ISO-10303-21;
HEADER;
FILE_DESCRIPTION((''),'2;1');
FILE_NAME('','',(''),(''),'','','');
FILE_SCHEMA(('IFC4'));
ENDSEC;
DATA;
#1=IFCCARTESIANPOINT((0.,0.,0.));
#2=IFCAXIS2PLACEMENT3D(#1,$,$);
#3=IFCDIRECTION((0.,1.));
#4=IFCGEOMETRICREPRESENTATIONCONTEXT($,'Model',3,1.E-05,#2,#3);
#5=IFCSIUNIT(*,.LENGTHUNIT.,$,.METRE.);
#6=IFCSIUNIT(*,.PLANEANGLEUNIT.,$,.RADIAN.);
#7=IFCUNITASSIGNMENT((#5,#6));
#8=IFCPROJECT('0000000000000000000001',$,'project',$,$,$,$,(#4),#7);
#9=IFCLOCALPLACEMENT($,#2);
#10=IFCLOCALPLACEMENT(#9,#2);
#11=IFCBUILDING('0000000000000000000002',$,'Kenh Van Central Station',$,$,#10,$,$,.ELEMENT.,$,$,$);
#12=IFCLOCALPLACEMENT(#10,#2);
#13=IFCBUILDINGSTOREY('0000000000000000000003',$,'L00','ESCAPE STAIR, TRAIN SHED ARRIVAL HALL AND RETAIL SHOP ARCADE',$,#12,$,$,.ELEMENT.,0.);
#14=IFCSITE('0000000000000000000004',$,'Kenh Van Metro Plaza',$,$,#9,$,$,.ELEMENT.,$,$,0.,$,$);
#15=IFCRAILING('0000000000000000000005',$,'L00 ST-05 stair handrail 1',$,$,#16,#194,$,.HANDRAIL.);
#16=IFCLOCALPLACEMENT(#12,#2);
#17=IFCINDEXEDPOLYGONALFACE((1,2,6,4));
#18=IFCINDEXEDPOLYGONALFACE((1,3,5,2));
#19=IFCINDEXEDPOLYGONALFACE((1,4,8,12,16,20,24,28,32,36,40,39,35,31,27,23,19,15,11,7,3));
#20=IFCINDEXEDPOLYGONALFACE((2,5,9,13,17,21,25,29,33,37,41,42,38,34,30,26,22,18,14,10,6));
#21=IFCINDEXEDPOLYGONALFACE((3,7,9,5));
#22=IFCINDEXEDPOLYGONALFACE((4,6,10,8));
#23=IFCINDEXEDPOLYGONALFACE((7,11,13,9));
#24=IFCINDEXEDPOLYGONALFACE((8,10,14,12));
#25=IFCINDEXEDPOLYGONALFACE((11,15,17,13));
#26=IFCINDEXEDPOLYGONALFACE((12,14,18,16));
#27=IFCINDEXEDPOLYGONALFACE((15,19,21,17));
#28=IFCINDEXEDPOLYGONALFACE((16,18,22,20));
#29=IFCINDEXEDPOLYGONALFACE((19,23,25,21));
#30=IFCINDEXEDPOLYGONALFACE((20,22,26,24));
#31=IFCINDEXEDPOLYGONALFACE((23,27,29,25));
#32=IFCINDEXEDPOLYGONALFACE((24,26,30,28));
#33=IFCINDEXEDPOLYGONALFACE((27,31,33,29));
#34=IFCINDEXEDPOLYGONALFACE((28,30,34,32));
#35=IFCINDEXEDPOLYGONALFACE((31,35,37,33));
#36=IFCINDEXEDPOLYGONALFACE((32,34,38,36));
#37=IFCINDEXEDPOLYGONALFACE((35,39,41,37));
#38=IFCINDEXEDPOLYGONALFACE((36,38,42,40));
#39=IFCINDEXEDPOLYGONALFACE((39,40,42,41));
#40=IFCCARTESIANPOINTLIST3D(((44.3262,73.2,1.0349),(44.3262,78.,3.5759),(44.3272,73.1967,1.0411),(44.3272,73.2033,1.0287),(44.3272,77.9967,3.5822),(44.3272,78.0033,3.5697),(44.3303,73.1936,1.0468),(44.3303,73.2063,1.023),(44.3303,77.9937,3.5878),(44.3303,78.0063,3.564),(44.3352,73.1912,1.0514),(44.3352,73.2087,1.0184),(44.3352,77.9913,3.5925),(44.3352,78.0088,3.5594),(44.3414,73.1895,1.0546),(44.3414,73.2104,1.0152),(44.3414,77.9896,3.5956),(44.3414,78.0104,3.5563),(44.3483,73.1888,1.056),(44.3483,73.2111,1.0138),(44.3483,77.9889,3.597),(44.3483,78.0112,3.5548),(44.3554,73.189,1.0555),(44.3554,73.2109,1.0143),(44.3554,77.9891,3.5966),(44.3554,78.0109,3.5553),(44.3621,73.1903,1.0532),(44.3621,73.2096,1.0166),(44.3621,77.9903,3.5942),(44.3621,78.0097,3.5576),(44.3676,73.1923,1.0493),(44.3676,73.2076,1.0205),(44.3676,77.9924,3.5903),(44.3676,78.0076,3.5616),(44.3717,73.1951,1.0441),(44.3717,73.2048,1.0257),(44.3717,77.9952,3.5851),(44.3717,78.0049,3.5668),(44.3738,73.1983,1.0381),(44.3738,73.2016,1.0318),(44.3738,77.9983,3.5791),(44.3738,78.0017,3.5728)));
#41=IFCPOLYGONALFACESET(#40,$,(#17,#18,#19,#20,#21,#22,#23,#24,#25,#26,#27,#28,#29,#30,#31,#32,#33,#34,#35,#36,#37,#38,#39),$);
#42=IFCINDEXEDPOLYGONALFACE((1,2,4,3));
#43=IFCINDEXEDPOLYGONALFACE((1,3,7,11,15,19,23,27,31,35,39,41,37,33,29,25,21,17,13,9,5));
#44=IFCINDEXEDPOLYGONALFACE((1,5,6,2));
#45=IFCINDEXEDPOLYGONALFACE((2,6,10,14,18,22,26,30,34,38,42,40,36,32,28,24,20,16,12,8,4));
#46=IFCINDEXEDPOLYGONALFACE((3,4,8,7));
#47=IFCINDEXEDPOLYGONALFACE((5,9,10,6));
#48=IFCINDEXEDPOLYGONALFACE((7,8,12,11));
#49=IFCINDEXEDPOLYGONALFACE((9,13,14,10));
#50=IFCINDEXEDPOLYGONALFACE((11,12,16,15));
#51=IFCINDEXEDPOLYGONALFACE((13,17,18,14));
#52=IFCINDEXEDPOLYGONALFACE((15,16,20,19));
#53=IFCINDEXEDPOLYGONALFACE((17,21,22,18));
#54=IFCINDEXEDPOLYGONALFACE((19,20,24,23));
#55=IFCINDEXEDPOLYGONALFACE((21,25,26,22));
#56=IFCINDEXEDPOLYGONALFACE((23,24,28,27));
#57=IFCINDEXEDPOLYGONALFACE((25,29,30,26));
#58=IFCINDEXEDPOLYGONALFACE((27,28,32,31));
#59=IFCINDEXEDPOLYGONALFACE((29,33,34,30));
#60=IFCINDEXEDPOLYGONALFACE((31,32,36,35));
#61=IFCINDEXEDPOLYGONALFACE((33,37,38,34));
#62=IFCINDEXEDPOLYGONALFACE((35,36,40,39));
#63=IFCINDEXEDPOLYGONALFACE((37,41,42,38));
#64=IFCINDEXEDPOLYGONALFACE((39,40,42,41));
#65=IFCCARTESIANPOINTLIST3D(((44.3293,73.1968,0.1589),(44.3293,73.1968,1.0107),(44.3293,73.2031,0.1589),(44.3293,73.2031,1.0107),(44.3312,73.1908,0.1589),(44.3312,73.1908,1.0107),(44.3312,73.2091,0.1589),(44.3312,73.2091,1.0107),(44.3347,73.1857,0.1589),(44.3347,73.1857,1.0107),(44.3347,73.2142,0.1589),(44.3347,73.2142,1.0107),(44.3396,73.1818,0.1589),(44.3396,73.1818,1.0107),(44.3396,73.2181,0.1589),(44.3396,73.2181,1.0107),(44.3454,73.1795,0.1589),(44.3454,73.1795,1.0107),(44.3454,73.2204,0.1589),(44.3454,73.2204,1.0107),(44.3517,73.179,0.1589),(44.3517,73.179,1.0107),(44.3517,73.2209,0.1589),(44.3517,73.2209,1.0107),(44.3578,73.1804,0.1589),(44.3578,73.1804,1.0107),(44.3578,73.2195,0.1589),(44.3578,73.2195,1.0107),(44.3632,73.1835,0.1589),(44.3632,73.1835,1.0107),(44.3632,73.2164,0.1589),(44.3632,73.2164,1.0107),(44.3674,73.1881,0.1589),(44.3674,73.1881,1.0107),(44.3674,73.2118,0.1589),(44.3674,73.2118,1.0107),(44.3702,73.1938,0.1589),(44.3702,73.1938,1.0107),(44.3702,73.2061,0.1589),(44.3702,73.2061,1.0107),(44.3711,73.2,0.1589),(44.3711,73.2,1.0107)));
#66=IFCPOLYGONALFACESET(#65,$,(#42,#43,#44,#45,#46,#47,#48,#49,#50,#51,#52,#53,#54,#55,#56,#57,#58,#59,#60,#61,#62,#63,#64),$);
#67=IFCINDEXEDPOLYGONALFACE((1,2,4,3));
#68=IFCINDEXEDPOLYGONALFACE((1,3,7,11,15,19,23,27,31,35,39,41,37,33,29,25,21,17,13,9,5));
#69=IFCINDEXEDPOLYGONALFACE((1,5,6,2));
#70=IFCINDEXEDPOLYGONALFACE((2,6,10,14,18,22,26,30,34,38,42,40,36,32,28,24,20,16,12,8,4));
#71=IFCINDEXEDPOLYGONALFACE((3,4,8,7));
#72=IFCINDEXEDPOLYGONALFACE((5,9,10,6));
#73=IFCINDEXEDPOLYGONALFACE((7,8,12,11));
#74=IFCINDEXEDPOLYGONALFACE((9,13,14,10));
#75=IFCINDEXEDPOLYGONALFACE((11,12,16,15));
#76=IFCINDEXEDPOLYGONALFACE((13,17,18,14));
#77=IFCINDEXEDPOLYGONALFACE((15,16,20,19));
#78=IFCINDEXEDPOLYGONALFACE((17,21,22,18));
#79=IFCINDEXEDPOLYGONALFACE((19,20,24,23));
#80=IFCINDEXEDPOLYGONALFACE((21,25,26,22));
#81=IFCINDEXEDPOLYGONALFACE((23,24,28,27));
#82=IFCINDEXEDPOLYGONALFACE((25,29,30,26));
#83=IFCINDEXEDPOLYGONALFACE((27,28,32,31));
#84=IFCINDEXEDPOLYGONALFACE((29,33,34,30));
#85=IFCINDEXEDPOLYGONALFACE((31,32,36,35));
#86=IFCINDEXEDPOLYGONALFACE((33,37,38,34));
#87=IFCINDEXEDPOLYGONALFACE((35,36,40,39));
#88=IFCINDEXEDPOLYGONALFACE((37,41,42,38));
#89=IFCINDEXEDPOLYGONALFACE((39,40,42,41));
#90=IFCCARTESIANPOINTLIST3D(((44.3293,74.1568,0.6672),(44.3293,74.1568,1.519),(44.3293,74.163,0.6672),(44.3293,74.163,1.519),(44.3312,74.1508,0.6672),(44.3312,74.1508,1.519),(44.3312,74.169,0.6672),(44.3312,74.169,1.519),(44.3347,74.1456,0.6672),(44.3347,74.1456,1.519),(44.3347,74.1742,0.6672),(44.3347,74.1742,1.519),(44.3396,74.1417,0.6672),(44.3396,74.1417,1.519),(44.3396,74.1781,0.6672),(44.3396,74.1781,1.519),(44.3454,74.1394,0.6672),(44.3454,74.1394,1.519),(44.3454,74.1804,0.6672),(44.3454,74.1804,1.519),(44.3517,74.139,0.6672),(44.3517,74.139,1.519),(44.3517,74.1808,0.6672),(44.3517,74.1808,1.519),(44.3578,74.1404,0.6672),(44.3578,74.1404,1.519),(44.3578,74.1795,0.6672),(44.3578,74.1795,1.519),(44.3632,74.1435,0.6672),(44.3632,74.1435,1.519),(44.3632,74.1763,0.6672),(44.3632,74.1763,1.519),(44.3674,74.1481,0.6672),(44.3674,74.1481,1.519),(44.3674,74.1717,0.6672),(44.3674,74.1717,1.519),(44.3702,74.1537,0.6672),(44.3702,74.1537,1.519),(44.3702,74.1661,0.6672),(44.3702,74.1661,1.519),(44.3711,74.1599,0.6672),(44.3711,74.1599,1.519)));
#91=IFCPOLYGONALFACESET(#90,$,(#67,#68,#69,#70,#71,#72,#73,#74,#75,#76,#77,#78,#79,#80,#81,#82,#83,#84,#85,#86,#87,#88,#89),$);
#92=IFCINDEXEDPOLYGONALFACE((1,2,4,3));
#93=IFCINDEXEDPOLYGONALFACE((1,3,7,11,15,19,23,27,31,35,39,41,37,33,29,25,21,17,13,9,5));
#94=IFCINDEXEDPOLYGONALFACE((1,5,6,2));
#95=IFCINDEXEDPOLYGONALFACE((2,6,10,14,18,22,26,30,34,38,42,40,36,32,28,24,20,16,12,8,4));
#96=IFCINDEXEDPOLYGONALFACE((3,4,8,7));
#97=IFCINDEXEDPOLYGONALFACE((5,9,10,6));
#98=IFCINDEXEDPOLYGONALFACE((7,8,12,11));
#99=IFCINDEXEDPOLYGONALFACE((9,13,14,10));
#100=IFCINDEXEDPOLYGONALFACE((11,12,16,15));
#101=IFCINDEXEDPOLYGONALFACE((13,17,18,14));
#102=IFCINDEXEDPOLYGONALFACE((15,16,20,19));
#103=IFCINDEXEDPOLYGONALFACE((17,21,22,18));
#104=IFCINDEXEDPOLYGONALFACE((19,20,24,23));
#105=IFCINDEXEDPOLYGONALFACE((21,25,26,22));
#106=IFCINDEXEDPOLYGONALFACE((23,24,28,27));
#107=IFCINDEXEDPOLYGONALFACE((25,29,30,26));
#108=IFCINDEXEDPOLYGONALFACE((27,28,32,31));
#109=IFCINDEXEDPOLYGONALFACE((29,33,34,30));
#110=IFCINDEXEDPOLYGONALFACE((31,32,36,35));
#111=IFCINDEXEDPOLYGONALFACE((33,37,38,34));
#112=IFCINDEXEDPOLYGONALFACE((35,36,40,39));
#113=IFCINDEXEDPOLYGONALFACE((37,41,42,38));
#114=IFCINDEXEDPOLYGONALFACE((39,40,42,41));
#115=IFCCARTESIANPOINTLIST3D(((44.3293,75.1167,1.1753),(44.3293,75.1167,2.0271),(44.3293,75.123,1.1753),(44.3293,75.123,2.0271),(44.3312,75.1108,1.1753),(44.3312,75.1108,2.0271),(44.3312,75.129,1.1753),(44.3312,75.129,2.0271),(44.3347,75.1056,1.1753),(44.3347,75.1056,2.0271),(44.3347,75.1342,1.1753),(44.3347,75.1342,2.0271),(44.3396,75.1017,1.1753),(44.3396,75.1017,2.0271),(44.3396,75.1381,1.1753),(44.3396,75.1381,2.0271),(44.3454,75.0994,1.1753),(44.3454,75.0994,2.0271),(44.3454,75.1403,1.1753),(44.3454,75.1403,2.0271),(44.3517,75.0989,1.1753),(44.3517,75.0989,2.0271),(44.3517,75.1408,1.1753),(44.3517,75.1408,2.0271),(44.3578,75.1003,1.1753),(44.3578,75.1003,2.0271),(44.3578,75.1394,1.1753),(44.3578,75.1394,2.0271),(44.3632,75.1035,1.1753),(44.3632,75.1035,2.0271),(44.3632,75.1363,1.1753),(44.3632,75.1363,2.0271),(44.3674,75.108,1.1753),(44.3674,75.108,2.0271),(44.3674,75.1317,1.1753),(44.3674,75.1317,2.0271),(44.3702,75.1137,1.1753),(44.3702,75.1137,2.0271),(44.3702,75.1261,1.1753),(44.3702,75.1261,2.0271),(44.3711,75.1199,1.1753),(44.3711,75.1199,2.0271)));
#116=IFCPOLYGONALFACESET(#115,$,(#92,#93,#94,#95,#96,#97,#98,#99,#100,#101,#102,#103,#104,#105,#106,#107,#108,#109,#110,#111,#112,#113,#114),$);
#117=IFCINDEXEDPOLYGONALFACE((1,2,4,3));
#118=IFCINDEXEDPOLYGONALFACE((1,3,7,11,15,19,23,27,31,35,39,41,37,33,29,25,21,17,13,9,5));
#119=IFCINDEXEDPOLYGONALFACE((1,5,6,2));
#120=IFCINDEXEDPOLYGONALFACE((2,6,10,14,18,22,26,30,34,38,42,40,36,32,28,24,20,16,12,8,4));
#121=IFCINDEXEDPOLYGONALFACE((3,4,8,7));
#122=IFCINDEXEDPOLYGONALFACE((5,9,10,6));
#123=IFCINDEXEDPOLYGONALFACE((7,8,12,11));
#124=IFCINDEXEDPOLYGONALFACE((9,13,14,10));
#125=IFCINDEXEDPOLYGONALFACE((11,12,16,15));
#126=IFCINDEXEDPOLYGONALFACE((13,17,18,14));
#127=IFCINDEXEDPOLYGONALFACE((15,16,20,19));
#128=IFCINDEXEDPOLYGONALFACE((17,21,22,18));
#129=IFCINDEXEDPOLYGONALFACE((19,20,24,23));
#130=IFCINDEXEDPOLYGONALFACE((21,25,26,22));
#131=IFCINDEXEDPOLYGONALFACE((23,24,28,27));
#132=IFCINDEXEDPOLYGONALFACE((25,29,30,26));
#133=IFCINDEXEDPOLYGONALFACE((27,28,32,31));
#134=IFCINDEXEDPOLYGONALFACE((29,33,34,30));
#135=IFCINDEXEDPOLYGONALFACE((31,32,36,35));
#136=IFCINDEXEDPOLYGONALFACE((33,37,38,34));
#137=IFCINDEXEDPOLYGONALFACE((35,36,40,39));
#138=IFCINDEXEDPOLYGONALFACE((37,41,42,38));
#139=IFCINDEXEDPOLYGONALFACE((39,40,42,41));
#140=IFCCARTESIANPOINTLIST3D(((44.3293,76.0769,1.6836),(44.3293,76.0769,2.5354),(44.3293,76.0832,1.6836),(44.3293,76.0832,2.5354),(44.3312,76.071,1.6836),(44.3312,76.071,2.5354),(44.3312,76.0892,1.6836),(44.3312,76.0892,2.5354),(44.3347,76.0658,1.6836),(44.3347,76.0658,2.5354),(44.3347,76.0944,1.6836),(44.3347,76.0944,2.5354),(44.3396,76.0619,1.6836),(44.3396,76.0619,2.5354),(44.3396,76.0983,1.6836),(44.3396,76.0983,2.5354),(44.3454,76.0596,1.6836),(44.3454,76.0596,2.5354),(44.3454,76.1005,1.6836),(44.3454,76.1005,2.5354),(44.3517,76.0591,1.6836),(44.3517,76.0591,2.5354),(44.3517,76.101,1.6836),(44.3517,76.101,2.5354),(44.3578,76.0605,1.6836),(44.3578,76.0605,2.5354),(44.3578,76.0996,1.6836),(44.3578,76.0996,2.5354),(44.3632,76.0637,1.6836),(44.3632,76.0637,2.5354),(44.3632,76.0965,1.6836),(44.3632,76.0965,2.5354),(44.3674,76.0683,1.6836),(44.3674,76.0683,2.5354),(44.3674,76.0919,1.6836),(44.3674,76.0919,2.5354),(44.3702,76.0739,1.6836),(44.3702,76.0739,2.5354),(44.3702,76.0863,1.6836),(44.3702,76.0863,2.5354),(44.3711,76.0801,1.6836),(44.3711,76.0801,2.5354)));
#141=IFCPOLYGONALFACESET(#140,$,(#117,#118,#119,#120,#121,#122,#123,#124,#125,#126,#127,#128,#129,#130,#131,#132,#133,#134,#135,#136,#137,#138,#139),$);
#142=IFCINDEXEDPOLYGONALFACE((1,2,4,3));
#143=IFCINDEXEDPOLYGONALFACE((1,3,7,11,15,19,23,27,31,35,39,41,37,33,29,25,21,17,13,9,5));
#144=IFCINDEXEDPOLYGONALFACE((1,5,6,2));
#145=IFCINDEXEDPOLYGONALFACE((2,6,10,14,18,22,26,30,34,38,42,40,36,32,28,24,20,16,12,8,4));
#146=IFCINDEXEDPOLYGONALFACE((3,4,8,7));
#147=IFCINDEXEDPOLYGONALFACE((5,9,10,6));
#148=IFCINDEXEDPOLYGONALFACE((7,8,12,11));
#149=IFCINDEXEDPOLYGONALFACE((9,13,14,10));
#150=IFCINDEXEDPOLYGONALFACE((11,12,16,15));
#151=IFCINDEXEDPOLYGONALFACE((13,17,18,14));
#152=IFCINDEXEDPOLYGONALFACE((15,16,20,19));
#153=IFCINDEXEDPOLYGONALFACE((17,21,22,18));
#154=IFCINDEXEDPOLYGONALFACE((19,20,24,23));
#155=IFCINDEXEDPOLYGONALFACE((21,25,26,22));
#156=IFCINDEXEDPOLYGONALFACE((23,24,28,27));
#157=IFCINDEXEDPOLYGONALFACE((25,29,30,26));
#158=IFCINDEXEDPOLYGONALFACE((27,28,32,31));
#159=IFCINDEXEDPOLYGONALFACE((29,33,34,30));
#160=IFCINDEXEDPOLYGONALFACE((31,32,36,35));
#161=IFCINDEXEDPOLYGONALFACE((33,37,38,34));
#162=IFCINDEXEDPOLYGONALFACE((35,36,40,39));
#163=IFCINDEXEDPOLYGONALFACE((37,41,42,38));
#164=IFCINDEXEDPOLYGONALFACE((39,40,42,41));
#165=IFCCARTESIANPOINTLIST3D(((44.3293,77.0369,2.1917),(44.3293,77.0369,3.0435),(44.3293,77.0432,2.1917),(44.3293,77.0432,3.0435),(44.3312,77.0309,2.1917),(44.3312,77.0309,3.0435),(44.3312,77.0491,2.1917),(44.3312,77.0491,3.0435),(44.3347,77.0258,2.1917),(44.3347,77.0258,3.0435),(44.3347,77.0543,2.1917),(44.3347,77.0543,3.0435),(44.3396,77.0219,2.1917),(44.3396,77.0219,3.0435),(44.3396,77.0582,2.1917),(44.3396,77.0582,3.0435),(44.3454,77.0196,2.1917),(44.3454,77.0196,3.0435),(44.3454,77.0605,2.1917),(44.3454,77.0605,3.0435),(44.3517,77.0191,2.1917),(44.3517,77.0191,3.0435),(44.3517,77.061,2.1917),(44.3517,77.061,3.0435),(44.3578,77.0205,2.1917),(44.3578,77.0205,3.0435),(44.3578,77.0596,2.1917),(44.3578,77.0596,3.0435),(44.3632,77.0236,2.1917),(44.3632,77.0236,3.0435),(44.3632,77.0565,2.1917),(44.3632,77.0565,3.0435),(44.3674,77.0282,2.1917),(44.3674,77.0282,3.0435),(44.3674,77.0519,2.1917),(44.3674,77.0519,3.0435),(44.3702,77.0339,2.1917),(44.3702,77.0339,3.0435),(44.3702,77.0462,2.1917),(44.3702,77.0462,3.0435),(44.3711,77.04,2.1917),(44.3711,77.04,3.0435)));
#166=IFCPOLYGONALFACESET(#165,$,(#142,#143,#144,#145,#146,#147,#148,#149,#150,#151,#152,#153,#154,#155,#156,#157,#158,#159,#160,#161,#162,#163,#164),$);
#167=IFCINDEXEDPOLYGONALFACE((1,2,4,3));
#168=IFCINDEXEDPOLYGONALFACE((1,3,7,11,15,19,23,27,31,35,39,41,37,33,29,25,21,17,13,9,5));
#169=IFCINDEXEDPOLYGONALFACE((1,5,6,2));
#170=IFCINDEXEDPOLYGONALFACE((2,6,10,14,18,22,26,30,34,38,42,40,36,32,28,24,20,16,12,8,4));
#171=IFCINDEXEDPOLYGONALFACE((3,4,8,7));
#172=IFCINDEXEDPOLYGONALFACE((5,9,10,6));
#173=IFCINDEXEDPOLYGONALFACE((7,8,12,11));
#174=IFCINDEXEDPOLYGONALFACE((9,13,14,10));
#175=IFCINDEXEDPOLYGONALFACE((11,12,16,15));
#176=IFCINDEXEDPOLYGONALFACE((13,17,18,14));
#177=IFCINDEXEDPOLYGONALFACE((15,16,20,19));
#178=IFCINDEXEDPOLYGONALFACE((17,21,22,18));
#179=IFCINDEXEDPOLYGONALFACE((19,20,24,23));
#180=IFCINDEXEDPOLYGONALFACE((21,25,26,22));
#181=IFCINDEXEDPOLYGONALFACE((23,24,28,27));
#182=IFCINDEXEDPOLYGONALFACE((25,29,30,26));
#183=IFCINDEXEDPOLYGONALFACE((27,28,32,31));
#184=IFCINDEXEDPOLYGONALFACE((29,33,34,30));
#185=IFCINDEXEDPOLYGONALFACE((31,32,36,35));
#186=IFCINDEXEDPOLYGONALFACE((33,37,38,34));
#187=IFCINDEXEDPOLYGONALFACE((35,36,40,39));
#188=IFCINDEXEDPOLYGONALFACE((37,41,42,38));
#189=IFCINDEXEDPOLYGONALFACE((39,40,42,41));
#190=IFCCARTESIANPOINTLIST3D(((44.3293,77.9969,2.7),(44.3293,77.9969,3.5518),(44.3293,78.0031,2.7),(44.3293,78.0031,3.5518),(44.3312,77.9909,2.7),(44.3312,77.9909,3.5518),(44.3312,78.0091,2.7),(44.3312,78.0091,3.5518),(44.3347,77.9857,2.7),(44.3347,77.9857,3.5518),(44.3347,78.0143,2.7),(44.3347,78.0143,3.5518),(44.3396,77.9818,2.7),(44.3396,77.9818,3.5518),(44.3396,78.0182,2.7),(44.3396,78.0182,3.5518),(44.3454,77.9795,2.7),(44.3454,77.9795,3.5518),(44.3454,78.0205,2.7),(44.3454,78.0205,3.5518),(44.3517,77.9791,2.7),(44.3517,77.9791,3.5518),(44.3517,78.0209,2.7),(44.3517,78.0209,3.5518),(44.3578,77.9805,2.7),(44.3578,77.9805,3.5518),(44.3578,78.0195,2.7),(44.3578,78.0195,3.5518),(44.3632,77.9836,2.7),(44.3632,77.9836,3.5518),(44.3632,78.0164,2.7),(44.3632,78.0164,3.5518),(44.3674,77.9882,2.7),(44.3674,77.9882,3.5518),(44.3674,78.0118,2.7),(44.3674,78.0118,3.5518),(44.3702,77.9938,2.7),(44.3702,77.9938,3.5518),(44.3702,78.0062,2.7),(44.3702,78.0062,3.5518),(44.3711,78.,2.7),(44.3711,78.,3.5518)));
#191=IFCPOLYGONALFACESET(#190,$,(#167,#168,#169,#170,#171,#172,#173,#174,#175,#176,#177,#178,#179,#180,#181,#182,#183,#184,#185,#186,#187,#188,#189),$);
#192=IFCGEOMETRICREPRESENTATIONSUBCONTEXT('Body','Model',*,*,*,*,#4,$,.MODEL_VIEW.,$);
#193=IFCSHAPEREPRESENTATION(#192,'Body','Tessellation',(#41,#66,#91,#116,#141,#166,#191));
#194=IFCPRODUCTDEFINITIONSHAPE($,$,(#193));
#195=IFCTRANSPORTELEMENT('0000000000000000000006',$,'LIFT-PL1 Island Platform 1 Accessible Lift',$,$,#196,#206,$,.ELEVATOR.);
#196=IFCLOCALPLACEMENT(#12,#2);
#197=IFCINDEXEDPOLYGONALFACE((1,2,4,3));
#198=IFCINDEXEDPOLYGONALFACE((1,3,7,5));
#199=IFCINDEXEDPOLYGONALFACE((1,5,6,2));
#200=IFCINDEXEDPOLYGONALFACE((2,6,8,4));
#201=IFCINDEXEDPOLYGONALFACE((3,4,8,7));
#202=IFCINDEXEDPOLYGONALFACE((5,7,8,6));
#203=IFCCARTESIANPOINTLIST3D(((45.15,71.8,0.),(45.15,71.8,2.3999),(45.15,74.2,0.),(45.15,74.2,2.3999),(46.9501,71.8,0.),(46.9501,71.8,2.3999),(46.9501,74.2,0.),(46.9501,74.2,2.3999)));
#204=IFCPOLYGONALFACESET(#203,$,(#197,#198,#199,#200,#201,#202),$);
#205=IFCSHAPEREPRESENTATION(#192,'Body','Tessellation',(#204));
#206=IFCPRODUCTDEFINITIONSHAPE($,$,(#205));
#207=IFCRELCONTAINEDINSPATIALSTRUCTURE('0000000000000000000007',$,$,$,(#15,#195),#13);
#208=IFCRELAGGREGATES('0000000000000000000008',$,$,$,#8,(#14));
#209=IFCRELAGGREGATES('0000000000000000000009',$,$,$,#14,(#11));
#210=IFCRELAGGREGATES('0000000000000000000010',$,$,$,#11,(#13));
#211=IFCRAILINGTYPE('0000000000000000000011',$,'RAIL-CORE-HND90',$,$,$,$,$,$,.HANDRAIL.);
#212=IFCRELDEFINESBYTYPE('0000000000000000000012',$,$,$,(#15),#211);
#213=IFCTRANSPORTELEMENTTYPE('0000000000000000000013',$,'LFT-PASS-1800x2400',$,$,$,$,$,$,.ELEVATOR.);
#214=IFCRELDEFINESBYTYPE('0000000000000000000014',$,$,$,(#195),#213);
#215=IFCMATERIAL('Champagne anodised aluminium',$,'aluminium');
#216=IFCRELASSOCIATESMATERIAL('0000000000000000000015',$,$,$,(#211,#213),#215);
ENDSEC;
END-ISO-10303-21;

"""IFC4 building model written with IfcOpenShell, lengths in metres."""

from ifc_helpers import new_model, si_unit, direction, frame, origin, origin_2d, place, context, subcontext, project, spatial, rectangle, circle, extrude, material, type_object, element, save


model = new_model("IFC4")

# Units and contexts
model_context = context("Model", 3, precision=1e-05, world=origin(), true_north=direction((0.0, 1.0)))
body_context = subcontext(model_context, "Body", "Model", "MODEL_VIEW")
ifc_project = project(units=[si_unit("LENGTHUNIT", "METRE"), si_unit("PLANEANGLEUNIT", "RADIAN")], contexts=[model_context])

# Site, building, storey
site_placement = place(None, origin())
site = spatial("IfcSite", under=ifc_project, at=site_placement, Name="Kenh Van Metro Plaza", CompositionType="ELEMENT", RefElevation=0.0)
building_placement = place(site_placement, origin())
building = spatial("IfcBuilding", under=site, at=building_placement, Name="Kenh Van Central Station", CompositionType="ELEMENT")
storey_placement = place(building_placement, origin())
storey = spatial("IfcBuildingStorey", under=building, at=storey_placement, Name="L00", Description="ESCAPE STAIR, TRAIN SHED ARRIVAL HALL AND RETAIL SHOP ARCADE", CompositionType="ELEMENT", Elevation=0.0)

# Shared definitions
ifc_material_1 = material(Name="Champagne anodised aluminium", Category="aluminium")

# Railing
railing_type_1 = type_object("IfcRailingType", Name="RAIL-CORE-HND90", PredefinedType="HANDRAIL", material=ifc_material_1)
railing_1_placement = place(storey_placement, frame((44.3501, 73.2, 0.1589)))
element("IfcRailing", 1, at=railing_1_placement, inside=storey, type_object=railing_type_1, Name="L00 ST-05 stair handrail 1", PredefinedType="HANDRAIL", context=body_context, shape_type="SweptSolid", body=[
    extrude(circle(Radius=0.0239, at=origin_2d()), frame((0.0, 0.0, 0.876), z_axis=(0.0, 0.883802, 0.467861), x_axis=(-1.0, 0.0, 0.0)), (0.0, 0.0, 1.0), 5.4312),
    extrude(circle(Radius=0.021, at=origin_2d()), origin(), (0.0, 0.0, 1.0), 0.8518),
    extrude(circle(Radius=0.021, at=origin_2d()), frame((0.0, 0.96, 0.5083)), (0.0, 0.0, 1.0), 0.8518),
    extrude(circle(Radius=0.021, at=origin_2d()), frame((0.0, 1.9199, 1.0164)), (0.0, 0.0, 1.0), 0.8518),
    extrude(circle(Radius=0.021, at=origin_2d()), frame((0.0, 2.8801, 1.5247)), (0.0, 0.0, 1.0), 0.8518),
    extrude(circle(Radius=0.021, at=origin_2d()), frame((0.0, 3.8401, 2.0327)), (0.0, 0.0, 1.0), 0.8518),
    extrude(circle(Radius=0.021, at=origin_2d()), frame((0.0, 4.8, 2.541)), (0.0, 0.0, 1.0), 0.8518),
])

# Transport element
transport_element_type = type_object("IfcTransportElementType", Name="LFT-PASS-1800x2400", PredefinedType="ELEVATOR", material=ifc_material_1)
transport_element_placement = place(storey_placement, frame((46.05, 73.0, 0.0), z_axis=(0.0, 0.0, 1.0), x_axis=(1.0, 0.0, 0.0)))
element("IfcTransportElement", 2, at=transport_element_placement, inside=storey, type_object=transport_element_type, Name="LIFT-PL1 Island Platform 1 Accessible Lift", PredefinedType="ELEVATOR", context=body_context, shape_type="SweptSolid", body=[
    extrude(rectangle(XDim=1.8, YDim=2.3999, at=origin_2d()), origin(), (0.0, 0.0, 1.0), 2.3999),
])

save(model, "model.ifc")
